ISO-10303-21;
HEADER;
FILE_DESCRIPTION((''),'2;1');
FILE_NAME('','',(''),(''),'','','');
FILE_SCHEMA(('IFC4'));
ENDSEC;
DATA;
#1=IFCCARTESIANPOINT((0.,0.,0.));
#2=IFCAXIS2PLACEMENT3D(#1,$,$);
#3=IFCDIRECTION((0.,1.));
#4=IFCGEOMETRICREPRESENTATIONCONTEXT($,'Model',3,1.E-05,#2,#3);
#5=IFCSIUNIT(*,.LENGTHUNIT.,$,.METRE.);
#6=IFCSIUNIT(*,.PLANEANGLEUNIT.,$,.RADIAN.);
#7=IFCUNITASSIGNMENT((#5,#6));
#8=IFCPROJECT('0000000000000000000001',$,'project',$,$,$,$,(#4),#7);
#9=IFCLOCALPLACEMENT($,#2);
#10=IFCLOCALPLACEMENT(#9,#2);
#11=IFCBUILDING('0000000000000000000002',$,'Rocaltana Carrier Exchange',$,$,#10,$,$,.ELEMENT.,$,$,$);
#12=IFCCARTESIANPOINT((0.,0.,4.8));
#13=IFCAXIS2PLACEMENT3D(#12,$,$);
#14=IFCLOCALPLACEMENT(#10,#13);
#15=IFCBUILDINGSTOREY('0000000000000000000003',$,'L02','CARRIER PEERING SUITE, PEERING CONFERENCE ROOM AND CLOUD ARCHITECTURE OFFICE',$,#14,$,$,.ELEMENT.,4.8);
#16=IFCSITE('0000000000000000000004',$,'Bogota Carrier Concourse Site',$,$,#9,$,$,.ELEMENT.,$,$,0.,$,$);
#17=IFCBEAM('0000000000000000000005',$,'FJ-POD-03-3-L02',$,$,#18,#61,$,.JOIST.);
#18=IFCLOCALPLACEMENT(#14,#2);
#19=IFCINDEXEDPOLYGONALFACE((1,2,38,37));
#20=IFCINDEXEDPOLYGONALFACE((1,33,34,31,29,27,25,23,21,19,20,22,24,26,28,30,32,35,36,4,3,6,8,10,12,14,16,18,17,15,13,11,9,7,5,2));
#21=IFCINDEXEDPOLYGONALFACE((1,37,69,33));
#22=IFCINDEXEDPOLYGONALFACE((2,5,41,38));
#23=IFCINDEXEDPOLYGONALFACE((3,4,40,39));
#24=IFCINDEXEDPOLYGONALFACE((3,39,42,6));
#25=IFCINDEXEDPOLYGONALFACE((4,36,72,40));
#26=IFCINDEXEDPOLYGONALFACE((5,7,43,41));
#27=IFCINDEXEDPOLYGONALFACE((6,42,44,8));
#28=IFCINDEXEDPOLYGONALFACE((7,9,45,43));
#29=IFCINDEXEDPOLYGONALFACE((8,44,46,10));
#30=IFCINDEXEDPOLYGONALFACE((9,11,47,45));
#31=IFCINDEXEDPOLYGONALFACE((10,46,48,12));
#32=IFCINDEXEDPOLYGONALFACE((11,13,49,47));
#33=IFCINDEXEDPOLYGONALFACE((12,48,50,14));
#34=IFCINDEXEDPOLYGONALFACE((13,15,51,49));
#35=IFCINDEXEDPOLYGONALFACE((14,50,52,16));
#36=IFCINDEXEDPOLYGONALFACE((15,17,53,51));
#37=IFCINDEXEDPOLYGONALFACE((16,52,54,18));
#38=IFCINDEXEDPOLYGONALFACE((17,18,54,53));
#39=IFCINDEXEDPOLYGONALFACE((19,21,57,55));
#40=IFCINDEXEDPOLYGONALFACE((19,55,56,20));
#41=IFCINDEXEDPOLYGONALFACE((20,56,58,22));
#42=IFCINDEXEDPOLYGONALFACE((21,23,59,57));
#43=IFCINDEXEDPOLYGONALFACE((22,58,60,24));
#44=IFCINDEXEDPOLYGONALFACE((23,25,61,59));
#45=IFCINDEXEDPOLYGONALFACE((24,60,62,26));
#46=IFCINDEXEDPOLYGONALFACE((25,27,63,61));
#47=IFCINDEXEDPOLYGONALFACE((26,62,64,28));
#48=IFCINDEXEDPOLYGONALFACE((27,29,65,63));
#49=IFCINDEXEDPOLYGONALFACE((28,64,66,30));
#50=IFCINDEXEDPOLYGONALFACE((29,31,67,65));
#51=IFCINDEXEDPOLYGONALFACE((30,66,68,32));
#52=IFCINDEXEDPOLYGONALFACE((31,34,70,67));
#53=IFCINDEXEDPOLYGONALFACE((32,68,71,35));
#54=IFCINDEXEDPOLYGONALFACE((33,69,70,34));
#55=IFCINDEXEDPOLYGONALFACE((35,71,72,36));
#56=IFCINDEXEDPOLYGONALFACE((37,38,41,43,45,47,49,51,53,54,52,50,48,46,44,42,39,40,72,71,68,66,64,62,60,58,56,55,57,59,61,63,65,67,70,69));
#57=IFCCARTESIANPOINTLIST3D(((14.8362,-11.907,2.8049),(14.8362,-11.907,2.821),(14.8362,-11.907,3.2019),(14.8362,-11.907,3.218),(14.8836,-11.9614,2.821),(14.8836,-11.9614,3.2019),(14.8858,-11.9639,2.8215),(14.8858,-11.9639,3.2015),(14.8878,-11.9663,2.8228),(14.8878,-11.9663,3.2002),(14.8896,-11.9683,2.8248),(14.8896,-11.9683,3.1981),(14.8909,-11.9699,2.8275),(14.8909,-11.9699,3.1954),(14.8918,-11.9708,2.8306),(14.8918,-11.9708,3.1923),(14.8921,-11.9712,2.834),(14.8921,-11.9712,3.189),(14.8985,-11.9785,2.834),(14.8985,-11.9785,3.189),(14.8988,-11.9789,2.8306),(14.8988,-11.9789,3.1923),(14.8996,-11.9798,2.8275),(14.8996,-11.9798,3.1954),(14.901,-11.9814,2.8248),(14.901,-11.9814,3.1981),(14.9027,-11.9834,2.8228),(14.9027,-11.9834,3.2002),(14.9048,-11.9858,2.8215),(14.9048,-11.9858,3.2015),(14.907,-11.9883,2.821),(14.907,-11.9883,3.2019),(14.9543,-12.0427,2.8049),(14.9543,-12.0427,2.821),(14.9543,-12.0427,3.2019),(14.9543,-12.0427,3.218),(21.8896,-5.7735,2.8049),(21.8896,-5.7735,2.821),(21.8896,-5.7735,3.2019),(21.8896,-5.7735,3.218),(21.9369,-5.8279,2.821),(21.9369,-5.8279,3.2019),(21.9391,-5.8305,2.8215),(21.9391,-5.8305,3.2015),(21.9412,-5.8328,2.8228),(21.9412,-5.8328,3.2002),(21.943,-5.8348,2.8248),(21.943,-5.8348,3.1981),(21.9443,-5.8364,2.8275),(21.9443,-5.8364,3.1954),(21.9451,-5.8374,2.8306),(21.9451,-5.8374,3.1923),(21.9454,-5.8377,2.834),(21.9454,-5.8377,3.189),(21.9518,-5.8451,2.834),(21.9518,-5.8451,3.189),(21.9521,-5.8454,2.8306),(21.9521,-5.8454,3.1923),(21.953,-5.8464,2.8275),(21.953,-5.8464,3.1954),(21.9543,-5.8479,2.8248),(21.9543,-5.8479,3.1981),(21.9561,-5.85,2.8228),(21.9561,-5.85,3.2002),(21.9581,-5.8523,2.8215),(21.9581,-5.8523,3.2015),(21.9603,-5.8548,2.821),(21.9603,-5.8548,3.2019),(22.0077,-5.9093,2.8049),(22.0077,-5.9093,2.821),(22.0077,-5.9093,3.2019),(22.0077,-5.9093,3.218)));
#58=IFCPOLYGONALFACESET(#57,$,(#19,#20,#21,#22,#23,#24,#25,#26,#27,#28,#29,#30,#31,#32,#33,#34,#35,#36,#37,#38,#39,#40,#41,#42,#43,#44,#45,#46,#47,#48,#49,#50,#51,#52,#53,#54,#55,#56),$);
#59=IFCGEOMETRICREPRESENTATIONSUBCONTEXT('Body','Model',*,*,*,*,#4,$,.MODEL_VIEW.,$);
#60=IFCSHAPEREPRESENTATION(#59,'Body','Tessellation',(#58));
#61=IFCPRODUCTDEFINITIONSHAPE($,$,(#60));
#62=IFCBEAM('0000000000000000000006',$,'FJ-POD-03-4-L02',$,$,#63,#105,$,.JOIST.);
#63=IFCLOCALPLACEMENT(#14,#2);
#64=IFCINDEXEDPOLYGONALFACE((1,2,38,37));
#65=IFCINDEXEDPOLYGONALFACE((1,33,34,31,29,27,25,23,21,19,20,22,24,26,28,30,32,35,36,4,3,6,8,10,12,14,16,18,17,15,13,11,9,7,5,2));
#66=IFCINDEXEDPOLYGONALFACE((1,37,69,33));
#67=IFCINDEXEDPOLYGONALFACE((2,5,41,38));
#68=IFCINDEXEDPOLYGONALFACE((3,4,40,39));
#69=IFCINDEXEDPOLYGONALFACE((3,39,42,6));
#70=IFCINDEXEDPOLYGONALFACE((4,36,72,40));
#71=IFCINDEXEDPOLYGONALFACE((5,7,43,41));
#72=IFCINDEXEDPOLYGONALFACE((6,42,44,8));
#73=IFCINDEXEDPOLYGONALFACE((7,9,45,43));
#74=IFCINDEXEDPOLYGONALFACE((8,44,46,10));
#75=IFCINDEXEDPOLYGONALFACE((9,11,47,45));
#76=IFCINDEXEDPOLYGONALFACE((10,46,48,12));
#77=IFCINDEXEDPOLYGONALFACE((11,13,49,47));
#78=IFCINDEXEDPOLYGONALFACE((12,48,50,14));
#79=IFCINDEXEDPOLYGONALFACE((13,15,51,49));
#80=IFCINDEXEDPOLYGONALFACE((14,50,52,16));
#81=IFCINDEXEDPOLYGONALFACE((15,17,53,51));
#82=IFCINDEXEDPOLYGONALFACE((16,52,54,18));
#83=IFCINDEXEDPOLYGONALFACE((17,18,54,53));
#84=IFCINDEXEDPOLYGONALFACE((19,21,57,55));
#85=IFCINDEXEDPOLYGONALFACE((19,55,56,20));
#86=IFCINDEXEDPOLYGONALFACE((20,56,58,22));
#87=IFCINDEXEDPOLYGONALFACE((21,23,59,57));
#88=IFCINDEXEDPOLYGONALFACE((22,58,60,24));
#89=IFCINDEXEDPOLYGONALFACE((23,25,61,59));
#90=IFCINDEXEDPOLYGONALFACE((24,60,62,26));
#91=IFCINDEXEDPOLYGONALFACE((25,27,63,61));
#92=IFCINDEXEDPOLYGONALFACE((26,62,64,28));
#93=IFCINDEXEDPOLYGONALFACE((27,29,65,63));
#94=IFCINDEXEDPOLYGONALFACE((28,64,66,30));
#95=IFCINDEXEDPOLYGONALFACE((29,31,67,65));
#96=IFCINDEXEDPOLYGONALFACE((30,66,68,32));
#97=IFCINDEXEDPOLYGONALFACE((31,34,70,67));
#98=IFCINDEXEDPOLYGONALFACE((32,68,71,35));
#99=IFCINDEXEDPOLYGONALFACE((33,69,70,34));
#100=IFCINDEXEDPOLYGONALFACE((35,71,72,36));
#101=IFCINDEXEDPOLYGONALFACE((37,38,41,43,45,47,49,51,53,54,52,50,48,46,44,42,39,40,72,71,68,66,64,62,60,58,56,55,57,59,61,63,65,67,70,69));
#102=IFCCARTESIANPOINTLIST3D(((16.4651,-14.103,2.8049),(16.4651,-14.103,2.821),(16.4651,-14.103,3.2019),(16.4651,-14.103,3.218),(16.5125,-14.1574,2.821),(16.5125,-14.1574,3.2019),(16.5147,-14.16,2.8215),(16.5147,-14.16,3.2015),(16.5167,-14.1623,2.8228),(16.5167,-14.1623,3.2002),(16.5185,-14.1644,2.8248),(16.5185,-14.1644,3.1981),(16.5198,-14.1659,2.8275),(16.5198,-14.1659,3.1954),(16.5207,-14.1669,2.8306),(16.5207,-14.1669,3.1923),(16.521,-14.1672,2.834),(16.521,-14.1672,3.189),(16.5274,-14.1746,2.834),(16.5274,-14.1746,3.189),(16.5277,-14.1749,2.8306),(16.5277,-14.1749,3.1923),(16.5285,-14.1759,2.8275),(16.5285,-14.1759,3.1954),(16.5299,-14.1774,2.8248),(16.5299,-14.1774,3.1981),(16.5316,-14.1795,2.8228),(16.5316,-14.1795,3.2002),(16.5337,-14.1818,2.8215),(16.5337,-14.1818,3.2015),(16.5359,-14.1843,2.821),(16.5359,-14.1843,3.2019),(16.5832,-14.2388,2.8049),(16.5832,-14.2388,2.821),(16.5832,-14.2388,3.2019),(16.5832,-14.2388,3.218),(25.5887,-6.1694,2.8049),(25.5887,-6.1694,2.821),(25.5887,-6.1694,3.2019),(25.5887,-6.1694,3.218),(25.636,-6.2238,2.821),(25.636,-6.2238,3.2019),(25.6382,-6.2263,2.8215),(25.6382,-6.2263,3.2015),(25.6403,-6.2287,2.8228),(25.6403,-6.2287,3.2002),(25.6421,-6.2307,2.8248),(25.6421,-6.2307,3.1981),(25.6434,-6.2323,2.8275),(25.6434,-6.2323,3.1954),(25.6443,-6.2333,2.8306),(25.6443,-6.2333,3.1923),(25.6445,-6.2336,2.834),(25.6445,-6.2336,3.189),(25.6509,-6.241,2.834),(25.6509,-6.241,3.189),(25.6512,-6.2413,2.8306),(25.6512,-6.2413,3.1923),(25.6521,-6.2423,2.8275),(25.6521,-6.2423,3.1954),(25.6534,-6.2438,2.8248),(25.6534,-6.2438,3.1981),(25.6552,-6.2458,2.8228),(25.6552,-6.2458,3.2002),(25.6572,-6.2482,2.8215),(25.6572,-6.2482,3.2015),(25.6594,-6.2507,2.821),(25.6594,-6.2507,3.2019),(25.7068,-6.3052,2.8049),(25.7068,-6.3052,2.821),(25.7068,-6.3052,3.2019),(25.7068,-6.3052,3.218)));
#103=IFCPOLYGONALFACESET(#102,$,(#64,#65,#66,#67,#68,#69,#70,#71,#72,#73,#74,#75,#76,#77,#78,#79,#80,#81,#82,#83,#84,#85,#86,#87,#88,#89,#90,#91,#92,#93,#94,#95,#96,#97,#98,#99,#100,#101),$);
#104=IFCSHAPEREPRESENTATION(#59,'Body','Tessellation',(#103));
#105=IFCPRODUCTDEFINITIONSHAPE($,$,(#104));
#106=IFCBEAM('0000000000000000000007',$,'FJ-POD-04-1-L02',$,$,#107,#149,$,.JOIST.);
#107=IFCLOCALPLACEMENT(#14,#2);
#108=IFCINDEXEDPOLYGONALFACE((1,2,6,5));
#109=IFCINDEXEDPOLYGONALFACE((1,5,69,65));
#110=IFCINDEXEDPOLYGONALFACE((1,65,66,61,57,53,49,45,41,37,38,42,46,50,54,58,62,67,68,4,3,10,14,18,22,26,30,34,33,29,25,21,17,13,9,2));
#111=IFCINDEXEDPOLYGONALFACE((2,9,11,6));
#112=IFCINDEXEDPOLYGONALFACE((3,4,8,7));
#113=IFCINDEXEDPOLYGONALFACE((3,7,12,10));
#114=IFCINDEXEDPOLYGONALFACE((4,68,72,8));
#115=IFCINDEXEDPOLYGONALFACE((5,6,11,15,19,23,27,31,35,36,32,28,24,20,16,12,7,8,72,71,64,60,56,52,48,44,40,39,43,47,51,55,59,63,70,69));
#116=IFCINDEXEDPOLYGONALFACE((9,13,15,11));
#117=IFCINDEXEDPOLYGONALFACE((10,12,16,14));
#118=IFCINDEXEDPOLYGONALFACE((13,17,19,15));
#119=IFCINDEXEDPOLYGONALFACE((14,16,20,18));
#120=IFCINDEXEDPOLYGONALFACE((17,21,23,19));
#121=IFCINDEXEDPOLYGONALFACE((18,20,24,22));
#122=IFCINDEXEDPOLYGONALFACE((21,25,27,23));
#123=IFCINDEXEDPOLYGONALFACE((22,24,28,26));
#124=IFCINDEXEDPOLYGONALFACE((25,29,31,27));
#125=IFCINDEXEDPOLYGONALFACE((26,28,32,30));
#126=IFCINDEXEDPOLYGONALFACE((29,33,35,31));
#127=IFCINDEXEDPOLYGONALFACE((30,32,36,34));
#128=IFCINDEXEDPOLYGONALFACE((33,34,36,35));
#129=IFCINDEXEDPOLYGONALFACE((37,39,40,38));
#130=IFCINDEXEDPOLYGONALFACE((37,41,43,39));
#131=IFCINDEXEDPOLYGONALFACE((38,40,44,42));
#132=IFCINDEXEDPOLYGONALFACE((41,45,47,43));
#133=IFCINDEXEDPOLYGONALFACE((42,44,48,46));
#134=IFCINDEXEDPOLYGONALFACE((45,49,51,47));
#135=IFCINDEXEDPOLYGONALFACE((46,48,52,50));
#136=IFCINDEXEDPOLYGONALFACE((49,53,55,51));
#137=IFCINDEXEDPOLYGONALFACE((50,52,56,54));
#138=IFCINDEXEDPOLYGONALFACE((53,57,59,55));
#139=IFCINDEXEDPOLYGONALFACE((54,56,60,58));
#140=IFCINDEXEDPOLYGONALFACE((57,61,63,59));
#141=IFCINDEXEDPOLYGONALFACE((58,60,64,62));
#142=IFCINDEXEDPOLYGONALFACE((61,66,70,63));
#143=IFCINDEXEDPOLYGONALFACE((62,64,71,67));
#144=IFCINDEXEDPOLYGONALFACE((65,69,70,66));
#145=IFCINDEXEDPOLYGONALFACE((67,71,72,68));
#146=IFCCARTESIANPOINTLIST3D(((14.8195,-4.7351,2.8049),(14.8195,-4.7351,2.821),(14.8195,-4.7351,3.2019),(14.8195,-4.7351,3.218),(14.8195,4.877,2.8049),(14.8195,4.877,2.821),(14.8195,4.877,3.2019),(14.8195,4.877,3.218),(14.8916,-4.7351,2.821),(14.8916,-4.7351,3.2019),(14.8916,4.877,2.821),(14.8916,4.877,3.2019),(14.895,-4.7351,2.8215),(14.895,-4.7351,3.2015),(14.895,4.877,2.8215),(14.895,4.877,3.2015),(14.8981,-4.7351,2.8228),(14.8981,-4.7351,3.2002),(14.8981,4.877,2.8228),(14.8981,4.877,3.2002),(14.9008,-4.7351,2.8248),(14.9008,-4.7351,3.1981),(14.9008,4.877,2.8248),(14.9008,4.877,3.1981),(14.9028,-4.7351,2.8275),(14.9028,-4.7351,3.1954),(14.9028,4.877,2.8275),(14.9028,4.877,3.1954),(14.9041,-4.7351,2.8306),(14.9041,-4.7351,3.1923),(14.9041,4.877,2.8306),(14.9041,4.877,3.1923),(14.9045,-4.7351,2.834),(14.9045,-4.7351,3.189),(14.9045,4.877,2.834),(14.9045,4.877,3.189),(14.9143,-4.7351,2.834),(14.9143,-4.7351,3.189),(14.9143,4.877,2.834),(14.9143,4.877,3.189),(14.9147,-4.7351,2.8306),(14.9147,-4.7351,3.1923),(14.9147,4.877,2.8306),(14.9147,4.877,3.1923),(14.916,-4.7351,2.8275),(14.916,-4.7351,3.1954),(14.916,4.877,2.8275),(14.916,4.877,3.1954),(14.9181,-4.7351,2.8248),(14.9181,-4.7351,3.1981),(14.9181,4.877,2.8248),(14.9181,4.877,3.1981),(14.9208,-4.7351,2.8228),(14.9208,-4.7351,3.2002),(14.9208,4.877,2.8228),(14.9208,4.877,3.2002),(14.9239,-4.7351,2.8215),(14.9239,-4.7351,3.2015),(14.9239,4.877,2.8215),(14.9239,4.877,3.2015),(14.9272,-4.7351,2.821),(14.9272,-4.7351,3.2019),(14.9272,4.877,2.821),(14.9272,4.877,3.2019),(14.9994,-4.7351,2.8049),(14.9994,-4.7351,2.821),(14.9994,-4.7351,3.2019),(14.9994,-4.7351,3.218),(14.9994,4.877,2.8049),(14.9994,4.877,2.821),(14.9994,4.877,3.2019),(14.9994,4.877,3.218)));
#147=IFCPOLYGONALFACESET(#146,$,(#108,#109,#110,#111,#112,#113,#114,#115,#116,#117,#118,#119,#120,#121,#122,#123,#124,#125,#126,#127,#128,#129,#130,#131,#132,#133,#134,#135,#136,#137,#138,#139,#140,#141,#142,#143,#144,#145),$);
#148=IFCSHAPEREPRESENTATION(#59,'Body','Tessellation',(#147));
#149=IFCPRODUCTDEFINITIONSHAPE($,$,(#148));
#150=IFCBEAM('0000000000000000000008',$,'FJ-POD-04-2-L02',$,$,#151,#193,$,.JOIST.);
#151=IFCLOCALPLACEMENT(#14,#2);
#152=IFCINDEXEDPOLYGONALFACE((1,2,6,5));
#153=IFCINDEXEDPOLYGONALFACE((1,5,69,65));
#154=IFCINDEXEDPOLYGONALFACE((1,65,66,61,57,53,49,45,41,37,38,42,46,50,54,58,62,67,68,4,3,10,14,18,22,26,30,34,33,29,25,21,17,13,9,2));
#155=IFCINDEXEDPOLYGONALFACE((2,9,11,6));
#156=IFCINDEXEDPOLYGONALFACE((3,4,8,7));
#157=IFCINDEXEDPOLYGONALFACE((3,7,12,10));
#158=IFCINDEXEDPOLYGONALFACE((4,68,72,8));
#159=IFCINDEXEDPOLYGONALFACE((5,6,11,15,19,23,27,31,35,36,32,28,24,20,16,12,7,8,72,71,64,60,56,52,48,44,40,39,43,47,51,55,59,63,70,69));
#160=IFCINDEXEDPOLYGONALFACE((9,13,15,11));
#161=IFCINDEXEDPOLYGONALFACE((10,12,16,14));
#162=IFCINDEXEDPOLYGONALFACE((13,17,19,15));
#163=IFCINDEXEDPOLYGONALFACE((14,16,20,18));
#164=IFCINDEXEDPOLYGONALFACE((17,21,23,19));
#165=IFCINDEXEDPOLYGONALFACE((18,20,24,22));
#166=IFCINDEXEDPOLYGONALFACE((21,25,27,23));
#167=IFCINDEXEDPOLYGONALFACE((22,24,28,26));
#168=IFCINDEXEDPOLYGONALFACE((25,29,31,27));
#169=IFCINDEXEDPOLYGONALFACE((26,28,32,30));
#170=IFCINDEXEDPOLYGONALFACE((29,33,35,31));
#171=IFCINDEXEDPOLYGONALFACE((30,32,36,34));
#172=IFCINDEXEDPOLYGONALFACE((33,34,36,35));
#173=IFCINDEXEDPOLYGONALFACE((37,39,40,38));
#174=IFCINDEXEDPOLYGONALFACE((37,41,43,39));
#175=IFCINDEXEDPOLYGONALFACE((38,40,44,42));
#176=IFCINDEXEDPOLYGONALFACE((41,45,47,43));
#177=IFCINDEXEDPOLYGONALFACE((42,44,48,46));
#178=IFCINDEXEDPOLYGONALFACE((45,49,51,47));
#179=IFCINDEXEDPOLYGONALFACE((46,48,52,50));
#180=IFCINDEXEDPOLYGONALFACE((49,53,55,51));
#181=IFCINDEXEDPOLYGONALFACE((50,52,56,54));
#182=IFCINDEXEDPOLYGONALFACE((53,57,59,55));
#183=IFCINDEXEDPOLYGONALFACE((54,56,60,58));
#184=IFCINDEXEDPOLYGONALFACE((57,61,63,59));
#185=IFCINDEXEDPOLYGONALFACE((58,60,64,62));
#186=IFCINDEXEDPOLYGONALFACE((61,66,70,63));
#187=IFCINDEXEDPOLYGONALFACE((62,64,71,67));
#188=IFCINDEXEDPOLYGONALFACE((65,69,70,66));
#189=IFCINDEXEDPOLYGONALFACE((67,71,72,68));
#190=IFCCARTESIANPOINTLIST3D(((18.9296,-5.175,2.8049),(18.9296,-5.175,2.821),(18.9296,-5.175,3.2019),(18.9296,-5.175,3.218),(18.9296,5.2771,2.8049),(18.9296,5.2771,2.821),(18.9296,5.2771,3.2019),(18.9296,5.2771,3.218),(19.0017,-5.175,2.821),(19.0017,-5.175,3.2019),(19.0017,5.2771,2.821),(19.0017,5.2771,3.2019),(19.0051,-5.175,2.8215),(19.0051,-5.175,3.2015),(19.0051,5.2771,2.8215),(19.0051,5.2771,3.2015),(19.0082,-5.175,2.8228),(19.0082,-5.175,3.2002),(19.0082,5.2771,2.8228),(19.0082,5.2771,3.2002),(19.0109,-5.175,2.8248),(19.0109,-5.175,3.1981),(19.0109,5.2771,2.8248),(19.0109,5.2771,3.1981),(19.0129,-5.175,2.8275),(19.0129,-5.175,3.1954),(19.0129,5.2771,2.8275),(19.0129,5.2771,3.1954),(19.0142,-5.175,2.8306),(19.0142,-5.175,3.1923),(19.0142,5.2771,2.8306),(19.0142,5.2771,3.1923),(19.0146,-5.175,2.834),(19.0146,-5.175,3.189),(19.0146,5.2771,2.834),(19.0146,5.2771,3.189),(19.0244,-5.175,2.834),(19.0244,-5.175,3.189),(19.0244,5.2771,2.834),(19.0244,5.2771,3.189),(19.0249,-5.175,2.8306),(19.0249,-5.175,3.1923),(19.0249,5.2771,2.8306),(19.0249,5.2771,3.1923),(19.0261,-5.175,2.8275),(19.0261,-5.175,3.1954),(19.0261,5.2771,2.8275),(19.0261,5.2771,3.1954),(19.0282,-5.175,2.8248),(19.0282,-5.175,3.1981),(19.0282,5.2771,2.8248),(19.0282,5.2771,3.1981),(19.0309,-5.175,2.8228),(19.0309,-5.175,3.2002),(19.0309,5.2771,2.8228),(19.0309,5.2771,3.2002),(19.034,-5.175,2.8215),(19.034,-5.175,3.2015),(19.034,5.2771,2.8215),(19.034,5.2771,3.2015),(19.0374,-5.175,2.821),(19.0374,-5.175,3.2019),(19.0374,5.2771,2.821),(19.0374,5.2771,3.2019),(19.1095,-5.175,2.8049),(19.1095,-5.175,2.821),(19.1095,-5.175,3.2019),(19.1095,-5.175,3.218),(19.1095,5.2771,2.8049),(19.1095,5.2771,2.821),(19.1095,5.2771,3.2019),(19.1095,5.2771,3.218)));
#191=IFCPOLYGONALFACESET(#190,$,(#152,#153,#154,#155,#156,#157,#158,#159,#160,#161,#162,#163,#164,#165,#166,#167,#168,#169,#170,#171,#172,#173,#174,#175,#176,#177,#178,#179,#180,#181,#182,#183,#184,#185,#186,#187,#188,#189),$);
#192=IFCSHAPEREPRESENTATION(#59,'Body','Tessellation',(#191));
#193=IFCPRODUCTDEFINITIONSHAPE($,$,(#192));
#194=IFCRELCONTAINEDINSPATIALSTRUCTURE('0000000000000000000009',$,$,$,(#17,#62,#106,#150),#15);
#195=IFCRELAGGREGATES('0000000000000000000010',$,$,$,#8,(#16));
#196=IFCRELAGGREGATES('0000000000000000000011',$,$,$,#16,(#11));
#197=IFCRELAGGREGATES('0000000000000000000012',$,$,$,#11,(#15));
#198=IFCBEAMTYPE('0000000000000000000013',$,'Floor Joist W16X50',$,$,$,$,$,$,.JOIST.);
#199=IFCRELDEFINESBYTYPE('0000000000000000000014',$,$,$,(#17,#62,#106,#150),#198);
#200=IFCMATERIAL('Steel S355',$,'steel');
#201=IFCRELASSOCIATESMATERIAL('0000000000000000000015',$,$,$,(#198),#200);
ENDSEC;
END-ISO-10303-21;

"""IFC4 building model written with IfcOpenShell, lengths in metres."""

from ifc_helpers import new_model, si_unit, direction, frame, origin, origin_2d, place, context, subcontext, project, spatial, i_section, extrude, material, material_profile, profile_set, type_object, element, save


model = new_model("IFC4")

# Units and contexts
model_context = context("Model", 3, precision=1e-05, world=origin(), true_north=direction((0.0, 1.0)))
body_context = subcontext(model_context, "Body", "Model", "MODEL_VIEW")
ifc_project = project(units=[si_unit("LENGTHUNIT", "METRE"), si_unit("PLANEANGLEUNIT", "RADIAN")], contexts=[model_context])

# Site, building, storey
site_placement = place(None, origin())
site = spatial("IfcSite", under=ifc_project, at=site_placement, Name="Bogota Carrier Concourse Site", CompositionType="ELEMENT", RefElevation=0.0)
building_placement = place(site_placement, origin())
building = spatial("IfcBuilding", under=site, at=building_placement, Name="Rocaltana Carrier Exchange", CompositionType="ELEMENT")
storey_placement = place(building_placement, frame((0.0, 0.0, 4.8)))
storey = spatial("IfcBuildingStorey", under=building, at=storey_placement, Name="L02", Description="CARRIER PEERING SUITE, PEERING CONFERENCE ROOM AND CLOUD ARCHITECTURE OFFICE", CompositionType="ELEMENT", Elevation=4.8)

# Beams
ifc_material_1 = material(Name="Steel S355", Category="steel")
ifc_material_profile_1 = material_profile(ifc_material_1, i_section(OverallWidth=0.1799, OverallDepth=0.4131, WebThickness=0.0098, FlangeThickness=0.0161, FilletRadius=0.0129, at=origin_2d()), Name="W16X50")
ifc_profile_set_1 = profile_set([ifc_material_profile_1], Name="Steel S355")
beam_type_1 = type_object("IfcBeamType", Name="Floor Joist W16X50", PredefinedType="JOIST", material=ifc_profile_set_1)
beam_1_placement = place(storey_placement, frame((14.8953, -11.9749, 3.0115), z_axis=(0.7546, 0.656185, 0.0), x_axis=(-0.656185, 0.7546, 0.0)))
element("IfcBeam", 1, at=beam_1_placement, inside=storey, type_object=beam_type_1, Name="FJ-POD-03-3-L02", PredefinedType="JOIST", context=body_context, shape_type="SweptSolid", body=[
    extrude(i_section(OverallWidth=0.1799, OverallDepth=0.4131, WebThickness=0.0098, FlangeThickness=0.0161, FilletRadius=0.0129, at=origin_2d()), origin(), (0.0, 0.0, 1.0), 9.3472),
])
beam_2_placement = place(storey_placement, frame((16.5242, -14.1709, 3.0115), z_axis=(0.754602, 0.656183, 0.0), x_axis=(-0.656183, 0.754602, 0.0)))
element("IfcBeam", 2, at=beam_2_placement, inside=storey, type_object=beam_type_1, Name="FJ-POD-03-4-L02", PredefinedType="JOIST", context=body_context, shape_type="SweptSolid", body=[
    extrude(i_section(OverallWidth=0.1799, OverallDepth=0.4131, WebThickness=0.0098, FlangeThickness=0.0161, FilletRadius=0.0129, at=origin_2d()), origin(), (0.0, 0.0, 1.0), 12.0906),
])
beam_3_placement = place(storey_placement, frame((14.9094, -4.7351, 3.0115), z_axis=(0.0, 1.0, 0.0), x_axis=(-1.0, 0.0, 0.0)))
element("IfcBeam", 3, at=beam_3_placement, inside=storey, type_object=beam_type_1, Name="FJ-POD-04-1-L02", PredefinedType="JOIST", context=body_context, shape_type="SweptSolid", body=[
    extrude(i_section(OverallWidth=0.1799, OverallDepth=0.4131, WebThickness=0.0098, FlangeThickness=0.0161, FilletRadius=0.0129, at=origin_2d()), origin(), (0.0, 0.0, 1.0), 9.6121),
])
beam_4_placement = place(storey_placement, frame((19.0195, -5.175, 3.0115), z_axis=(0.0, 1.0, 0.0), x_axis=(-1.0, 0.0, 0.0)))
element("IfcBeam", 4, at=beam_4_placement, inside=storey, type_object=beam_type_1, Name="FJ-POD-04-2-L02", PredefinedType="JOIST", context=body_context, shape_type="SweptSolid", body=[
    extrude(i_section(OverallWidth=0.1799, OverallDepth=0.4131, WebThickness=0.0098, FlangeThickness=0.0161, FilletRadius=0.0129, at=origin_2d()), origin(), (0.0, 0.0, 1.0), 10.4521),
])

save(model, "model.ifc")
